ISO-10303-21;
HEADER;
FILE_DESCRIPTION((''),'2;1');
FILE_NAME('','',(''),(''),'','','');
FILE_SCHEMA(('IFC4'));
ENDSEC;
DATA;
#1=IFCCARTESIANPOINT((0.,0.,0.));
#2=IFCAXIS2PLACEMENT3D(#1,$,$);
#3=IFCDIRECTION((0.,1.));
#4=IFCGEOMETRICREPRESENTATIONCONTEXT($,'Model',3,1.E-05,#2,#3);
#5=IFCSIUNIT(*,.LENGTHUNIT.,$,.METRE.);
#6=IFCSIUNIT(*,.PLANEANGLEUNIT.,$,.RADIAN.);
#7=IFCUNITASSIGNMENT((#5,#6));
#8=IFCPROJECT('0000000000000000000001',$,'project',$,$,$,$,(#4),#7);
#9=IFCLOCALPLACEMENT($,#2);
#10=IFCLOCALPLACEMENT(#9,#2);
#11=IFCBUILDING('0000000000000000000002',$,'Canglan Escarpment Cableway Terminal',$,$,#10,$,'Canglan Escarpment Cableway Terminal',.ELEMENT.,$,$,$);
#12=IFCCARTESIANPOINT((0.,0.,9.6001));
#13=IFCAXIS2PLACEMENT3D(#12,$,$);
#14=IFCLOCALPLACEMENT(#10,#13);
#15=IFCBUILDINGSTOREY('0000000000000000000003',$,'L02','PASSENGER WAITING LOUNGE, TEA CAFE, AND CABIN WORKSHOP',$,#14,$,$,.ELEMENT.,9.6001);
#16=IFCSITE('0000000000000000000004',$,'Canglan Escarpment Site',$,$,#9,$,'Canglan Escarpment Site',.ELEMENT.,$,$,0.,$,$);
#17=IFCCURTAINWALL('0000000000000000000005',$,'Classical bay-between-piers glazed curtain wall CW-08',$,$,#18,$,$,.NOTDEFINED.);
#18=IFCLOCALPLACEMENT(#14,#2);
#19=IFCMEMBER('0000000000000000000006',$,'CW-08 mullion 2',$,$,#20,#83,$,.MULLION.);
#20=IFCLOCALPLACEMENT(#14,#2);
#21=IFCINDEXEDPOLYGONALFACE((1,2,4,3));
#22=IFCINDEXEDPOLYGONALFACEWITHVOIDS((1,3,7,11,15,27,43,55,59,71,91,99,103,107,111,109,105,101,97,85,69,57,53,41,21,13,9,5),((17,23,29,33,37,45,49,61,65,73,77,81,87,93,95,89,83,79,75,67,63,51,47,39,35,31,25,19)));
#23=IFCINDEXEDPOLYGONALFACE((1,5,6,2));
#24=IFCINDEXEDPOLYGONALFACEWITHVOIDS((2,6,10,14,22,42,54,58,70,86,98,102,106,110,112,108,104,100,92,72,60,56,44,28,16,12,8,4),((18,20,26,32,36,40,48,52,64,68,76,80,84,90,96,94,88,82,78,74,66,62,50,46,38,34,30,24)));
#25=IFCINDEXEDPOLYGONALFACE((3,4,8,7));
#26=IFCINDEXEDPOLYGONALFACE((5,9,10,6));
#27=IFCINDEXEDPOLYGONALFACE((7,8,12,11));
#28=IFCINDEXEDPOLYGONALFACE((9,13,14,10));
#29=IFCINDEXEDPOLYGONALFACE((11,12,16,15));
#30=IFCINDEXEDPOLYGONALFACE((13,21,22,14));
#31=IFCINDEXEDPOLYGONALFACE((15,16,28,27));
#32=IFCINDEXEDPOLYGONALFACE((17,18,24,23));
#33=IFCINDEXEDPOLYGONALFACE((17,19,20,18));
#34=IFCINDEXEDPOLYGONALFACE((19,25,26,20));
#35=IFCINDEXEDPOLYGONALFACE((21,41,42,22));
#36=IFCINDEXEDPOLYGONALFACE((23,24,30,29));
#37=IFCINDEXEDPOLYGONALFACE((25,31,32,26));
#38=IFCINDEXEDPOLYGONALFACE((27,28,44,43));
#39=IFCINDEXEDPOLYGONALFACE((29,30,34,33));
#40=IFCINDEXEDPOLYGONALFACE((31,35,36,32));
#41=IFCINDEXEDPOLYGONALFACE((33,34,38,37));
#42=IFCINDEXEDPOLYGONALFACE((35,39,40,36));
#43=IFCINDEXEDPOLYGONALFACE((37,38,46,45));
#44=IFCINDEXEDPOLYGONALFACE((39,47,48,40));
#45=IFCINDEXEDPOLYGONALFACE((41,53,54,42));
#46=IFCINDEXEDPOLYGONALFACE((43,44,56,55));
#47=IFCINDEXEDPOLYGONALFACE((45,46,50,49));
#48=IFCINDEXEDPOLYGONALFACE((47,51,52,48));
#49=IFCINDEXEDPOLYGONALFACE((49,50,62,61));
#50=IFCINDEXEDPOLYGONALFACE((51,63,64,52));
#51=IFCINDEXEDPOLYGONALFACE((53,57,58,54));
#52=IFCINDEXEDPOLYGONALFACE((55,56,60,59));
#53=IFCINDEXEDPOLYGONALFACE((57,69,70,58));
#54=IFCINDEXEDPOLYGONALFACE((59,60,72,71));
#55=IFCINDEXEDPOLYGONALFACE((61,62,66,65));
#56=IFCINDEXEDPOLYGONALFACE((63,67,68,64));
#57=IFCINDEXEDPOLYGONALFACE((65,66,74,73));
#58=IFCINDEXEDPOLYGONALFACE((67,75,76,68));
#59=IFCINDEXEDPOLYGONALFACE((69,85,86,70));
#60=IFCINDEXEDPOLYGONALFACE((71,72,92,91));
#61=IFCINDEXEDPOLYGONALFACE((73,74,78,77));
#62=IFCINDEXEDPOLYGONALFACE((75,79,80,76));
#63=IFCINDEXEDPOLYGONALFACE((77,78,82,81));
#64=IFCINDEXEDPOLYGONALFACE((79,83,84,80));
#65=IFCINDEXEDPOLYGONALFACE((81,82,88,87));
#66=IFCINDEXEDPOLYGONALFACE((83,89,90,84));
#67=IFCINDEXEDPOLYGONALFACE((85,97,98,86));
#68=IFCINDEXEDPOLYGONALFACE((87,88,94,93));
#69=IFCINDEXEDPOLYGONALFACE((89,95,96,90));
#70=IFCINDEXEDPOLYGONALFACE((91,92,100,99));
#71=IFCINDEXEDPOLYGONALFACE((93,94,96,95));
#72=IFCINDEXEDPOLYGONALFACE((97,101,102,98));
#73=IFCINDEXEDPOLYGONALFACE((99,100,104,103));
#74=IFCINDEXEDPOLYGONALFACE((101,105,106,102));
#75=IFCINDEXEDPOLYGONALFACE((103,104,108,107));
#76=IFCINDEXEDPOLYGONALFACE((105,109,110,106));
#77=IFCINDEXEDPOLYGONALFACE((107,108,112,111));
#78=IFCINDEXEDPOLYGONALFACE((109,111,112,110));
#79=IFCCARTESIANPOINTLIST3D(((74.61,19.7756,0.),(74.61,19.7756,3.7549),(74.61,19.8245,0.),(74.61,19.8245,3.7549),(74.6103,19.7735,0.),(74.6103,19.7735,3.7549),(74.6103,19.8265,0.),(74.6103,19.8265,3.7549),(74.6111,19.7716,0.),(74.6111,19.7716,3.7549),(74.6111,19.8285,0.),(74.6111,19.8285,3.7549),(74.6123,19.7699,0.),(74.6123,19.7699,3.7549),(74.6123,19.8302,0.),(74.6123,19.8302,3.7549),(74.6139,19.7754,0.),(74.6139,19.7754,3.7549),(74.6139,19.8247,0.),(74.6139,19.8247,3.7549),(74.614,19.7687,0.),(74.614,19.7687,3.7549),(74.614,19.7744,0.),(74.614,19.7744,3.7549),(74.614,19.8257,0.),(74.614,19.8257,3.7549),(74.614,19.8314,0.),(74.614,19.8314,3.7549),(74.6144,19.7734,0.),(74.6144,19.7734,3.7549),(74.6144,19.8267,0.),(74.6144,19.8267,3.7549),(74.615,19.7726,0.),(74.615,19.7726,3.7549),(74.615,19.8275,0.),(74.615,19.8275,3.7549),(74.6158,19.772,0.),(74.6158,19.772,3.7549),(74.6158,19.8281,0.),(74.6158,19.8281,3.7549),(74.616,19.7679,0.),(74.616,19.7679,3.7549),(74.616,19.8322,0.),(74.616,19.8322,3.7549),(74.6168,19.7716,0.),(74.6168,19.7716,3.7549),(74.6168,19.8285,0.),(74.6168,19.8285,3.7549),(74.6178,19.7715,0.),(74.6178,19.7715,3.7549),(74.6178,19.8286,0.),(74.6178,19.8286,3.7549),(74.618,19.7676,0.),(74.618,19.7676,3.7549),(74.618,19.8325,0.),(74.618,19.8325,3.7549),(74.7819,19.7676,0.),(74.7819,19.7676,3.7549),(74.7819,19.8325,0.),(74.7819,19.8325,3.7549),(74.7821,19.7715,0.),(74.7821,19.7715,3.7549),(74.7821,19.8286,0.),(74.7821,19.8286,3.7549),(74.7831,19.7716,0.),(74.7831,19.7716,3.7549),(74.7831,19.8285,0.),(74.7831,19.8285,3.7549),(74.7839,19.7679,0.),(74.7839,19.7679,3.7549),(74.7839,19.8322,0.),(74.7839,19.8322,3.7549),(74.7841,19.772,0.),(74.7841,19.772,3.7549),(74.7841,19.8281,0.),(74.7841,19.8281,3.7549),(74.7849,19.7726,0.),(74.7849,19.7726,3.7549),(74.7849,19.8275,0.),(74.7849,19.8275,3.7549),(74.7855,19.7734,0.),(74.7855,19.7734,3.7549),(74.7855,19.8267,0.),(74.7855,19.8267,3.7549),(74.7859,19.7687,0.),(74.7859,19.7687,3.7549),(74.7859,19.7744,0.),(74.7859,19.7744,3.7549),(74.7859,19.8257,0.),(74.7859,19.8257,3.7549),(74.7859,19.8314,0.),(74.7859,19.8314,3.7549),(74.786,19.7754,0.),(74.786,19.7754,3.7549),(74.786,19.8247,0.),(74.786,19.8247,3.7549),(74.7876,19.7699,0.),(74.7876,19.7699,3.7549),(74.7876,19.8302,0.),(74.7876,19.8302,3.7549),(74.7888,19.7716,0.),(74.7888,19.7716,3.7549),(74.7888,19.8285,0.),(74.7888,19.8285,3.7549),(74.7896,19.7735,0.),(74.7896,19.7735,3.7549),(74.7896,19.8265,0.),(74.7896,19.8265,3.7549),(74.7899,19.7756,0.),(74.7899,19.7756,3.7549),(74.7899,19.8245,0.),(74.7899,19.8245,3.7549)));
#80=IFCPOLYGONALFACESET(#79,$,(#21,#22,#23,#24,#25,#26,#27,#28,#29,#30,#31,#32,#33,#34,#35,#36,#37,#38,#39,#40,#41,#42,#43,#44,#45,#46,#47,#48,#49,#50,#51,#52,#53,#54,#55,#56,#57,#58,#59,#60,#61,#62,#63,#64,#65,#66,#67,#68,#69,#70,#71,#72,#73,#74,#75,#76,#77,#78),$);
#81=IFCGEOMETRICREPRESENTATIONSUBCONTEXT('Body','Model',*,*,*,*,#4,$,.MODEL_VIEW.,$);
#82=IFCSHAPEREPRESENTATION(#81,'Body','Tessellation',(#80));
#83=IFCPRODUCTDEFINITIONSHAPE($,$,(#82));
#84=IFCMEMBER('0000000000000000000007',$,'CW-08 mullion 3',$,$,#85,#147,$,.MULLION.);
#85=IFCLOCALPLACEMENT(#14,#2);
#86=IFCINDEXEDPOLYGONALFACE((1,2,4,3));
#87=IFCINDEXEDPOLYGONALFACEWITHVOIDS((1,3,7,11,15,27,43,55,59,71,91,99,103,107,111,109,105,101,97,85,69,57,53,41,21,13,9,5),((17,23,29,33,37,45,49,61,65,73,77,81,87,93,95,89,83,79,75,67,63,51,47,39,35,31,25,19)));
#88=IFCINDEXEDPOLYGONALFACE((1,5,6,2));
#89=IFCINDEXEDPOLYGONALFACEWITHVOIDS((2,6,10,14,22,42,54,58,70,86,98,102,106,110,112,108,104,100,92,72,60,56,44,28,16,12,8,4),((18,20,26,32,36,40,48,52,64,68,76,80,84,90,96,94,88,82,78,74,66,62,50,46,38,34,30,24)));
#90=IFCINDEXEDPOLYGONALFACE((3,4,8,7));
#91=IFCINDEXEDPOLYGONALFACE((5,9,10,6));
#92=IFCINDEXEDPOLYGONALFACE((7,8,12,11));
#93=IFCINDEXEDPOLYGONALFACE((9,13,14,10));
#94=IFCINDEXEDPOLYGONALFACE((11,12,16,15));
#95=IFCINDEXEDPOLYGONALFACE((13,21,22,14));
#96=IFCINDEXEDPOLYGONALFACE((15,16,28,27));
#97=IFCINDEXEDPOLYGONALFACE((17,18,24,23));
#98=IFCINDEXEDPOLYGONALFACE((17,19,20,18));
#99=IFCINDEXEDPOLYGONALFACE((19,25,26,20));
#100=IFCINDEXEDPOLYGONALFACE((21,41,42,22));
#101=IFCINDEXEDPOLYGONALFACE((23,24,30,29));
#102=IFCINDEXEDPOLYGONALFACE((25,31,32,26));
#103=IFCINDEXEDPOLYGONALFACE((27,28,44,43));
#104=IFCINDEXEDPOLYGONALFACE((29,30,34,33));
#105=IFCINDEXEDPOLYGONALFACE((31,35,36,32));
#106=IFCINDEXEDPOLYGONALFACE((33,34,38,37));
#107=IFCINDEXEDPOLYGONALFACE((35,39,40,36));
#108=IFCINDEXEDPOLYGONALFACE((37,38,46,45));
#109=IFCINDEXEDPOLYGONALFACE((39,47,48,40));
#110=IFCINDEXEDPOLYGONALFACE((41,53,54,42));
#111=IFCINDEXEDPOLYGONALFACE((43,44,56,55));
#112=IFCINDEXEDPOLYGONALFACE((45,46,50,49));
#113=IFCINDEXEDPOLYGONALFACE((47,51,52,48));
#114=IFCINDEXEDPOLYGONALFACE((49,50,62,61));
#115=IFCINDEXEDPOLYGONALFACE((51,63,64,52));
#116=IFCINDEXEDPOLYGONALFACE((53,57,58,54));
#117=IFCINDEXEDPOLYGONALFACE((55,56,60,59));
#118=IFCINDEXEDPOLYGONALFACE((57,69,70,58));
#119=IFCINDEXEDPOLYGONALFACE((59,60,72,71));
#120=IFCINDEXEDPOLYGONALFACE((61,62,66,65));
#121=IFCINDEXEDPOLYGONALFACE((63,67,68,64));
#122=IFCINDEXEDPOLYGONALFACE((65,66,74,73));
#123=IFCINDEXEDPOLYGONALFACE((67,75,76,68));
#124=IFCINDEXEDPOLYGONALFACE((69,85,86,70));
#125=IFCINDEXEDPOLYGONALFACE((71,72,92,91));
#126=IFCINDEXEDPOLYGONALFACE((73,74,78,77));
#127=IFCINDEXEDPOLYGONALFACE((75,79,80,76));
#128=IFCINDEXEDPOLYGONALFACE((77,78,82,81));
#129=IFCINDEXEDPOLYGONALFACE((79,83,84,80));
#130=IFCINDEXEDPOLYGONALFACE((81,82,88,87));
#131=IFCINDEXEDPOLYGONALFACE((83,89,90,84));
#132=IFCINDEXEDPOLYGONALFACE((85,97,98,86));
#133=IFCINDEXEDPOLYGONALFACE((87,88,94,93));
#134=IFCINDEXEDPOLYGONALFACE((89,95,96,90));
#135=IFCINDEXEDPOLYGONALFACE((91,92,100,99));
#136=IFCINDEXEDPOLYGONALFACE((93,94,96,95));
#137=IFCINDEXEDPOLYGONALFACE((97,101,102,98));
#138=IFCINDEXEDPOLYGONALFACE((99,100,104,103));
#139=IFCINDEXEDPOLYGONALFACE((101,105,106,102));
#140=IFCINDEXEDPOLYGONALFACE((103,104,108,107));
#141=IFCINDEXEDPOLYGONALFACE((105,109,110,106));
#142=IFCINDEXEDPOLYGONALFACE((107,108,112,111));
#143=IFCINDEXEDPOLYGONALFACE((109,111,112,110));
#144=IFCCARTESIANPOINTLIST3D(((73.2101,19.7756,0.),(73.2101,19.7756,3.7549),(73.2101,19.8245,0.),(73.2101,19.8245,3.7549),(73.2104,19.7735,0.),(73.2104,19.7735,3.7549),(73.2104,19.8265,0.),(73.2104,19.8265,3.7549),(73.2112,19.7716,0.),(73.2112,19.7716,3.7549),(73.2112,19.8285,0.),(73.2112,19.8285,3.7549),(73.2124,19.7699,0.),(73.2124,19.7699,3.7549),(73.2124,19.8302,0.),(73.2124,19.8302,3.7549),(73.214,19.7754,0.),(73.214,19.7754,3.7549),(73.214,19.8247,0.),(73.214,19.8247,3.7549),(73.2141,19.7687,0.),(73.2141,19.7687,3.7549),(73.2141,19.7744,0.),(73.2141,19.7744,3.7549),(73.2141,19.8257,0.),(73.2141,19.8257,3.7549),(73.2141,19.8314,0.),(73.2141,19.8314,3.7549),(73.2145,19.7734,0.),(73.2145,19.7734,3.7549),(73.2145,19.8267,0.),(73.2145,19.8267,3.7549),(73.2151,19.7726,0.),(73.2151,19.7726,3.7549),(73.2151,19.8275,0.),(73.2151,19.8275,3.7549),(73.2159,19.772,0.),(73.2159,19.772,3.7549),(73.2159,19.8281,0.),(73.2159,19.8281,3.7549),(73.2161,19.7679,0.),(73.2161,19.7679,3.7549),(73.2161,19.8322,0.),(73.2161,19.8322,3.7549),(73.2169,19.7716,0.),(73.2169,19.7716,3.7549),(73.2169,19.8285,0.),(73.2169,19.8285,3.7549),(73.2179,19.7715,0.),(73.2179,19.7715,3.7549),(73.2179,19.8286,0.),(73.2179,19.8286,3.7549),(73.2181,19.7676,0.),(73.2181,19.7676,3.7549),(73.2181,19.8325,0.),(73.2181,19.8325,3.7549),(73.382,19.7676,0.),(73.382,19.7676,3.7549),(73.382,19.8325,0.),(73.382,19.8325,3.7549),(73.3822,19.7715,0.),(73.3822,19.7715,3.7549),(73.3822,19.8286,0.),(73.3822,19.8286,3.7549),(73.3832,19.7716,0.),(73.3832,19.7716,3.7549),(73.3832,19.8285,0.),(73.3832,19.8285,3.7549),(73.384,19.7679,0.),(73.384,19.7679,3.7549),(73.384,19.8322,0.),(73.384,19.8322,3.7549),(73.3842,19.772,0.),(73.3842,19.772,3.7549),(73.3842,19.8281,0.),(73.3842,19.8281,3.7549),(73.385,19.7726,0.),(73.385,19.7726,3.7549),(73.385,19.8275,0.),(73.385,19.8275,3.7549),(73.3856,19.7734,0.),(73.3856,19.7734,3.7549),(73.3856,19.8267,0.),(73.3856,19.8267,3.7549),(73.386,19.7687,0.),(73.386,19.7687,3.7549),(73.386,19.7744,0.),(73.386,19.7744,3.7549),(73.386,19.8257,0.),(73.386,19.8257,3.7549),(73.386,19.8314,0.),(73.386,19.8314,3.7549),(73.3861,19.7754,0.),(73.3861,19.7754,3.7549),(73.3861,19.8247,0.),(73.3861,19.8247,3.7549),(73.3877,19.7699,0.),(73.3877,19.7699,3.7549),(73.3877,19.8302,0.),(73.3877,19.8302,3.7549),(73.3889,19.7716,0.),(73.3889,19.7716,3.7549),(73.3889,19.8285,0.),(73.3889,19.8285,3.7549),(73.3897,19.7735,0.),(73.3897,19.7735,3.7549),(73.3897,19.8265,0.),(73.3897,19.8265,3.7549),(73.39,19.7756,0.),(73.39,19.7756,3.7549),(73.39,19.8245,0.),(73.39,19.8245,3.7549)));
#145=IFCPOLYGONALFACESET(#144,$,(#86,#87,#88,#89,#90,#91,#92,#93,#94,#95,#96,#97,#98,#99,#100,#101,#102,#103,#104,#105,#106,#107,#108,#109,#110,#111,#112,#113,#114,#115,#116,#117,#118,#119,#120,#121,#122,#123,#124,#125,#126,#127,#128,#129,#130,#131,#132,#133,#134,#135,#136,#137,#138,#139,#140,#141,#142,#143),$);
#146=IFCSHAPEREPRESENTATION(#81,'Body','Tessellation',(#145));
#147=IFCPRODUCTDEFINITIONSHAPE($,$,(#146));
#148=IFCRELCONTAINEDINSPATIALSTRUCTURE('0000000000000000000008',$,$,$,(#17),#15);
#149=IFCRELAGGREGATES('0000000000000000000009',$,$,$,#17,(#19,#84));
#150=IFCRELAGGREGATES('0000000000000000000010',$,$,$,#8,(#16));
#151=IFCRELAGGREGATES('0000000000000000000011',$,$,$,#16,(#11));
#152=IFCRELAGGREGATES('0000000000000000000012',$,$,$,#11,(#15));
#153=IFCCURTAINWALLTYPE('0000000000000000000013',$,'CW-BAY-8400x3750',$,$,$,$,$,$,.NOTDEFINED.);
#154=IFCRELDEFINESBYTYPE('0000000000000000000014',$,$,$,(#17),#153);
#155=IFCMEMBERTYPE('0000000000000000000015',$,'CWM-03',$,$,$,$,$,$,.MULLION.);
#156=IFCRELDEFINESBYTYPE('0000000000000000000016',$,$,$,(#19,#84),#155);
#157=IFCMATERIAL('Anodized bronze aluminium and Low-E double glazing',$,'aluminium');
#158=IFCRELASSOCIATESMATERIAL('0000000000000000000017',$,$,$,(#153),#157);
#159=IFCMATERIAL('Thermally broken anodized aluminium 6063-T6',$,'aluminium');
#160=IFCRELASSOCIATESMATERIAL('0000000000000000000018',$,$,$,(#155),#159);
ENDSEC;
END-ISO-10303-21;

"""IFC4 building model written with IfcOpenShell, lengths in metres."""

from ifc_helpers import new_model, si_unit, direction, frame, origin, origin_2d, place, context, subcontext, project, spatial, hollow_rectangle, extrude, material, material_profile, profile_set, type_object, element, aggregate, save


model = new_model("IFC4")

# Units and contexts
model_context = context("Model", 3, precision=1e-05, world=origin(), true_north=direction((0.0, 1.0)))
body_context = subcontext(model_context, "Body", "Model", "MODEL_VIEW")
ifc_project = project(units=[si_unit("LENGTHUNIT", "METRE"), si_unit("PLANEANGLEUNIT", "RADIAN")], contexts=[model_context])

# Site, building, storey
site_placement = place(None, origin())
site = spatial("IfcSite", under=ifc_project, at=site_placement, Name="Canglan Escarpment Site", LongName="Canglan Escarpment Site", CompositionType="ELEMENT", RefElevation=0.0)
building_placement = place(site_placement, origin())
building = spatial("IfcBuilding", under=site, at=building_placement, Name="Canglan Escarpment Cableway Terminal", LongName="Canglan Escarpment Cableway Terminal", CompositionType="ELEMENT")
storey_placement = place(building_placement, frame((0.0, 0.0, 9.6001)))
storey = spatial("IfcBuildingStorey", under=building, at=storey_placement, Name="L02", Description="PASSENGER WAITING LOUNGE, TEA CAFE, AND CABIN WORKSHOP", CompositionType="ELEMENT", Elevation=9.6001)

# Curtain wall, members
ifc_material_1 = material(Name="Anodized bronze aluminium and Low-E double glazing", Category="aluminium")
curtain_wall_type = type_object("IfcCurtainWallType", Name="CW-BAY-8400x3750", PredefinedType="NOTDEFINED", material=ifc_material_1)
curtain_wall_placement = place(storey_placement, origin())
curtain_wall = element("IfcCurtainWall", 1, at=curtain_wall_placement, inside=storey, type_object=curtain_wall_type, Name="Classical bay-between-piers glazed curtain wall CW-08", PredefinedType="NOTDEFINED")
ifc_material_2 = material(Name="Thermally broken anodized aluminium 6063-T6", Category="aluminium")
ifc_material_profile_1 = material_profile(ifc_material_2, hollow_rectangle(XDim=0.0649, YDim=0.1799, WallThickness=0.0039, InnerFilletRadius=0.0039, OuterFilletRadius=0.0081, at=origin_2d()), Name="ALU-MULL 65x180x4")
ifc_profile_set_1 = profile_set([ifc_material_profile_1], Name="Thermally broken anodized aluminium 6063-T6")
member_type_1 = type_object("IfcMemberType", Name="CWM-03", PredefinedType="MULLION", material=ifc_profile_set_1)
member_1_placement = place(storey_placement, frame((74.7, 19.8, 0.0), z_axis=(0.0, 0.0, 1.0), x_axis=(0.0, -1.0, 0.0)))
member_1 = element("IfcMember", 2, at=member_1_placement, type_object=member_type_1, Name="CW-08 mullion 2", PredefinedType="MULLION", context=body_context, shape_type="SweptSolid", body=[
    extrude(hollow_rectangle(XDim=0.0649, YDim=0.1799, WallThickness=0.0039, InnerFilletRadius=0.0039, OuterFilletRadius=0.0081, at=origin_2d()), origin(), (0.0, 0.0, 1.0), 3.7549),
])
member_2_placement = place(storey_placement, frame((73.3, 19.8, 0.0), z_axis=(0.0, 0.0, 1.0), x_axis=(0.0, -1.0, 0.0)))
member_2 = element("IfcMember", 3, at=member_2_placement, type_object=member_type_1, Name="CW-08 mullion 3", PredefinedType="MULLION", context=body_context, shape_type="SweptSolid", body=[
    extrude(hollow_rectangle(XDim=0.0649, YDim=0.1799, WallThickness=0.0039, InnerFilletRadius=0.0039, OuterFilletRadius=0.0081, at=origin_2d()), origin(), (0.0, 0.0, 1.0), 3.7549),
])

aggregate(curtain_wall, [member_1, member_2])

save(model, "model.ifc")
